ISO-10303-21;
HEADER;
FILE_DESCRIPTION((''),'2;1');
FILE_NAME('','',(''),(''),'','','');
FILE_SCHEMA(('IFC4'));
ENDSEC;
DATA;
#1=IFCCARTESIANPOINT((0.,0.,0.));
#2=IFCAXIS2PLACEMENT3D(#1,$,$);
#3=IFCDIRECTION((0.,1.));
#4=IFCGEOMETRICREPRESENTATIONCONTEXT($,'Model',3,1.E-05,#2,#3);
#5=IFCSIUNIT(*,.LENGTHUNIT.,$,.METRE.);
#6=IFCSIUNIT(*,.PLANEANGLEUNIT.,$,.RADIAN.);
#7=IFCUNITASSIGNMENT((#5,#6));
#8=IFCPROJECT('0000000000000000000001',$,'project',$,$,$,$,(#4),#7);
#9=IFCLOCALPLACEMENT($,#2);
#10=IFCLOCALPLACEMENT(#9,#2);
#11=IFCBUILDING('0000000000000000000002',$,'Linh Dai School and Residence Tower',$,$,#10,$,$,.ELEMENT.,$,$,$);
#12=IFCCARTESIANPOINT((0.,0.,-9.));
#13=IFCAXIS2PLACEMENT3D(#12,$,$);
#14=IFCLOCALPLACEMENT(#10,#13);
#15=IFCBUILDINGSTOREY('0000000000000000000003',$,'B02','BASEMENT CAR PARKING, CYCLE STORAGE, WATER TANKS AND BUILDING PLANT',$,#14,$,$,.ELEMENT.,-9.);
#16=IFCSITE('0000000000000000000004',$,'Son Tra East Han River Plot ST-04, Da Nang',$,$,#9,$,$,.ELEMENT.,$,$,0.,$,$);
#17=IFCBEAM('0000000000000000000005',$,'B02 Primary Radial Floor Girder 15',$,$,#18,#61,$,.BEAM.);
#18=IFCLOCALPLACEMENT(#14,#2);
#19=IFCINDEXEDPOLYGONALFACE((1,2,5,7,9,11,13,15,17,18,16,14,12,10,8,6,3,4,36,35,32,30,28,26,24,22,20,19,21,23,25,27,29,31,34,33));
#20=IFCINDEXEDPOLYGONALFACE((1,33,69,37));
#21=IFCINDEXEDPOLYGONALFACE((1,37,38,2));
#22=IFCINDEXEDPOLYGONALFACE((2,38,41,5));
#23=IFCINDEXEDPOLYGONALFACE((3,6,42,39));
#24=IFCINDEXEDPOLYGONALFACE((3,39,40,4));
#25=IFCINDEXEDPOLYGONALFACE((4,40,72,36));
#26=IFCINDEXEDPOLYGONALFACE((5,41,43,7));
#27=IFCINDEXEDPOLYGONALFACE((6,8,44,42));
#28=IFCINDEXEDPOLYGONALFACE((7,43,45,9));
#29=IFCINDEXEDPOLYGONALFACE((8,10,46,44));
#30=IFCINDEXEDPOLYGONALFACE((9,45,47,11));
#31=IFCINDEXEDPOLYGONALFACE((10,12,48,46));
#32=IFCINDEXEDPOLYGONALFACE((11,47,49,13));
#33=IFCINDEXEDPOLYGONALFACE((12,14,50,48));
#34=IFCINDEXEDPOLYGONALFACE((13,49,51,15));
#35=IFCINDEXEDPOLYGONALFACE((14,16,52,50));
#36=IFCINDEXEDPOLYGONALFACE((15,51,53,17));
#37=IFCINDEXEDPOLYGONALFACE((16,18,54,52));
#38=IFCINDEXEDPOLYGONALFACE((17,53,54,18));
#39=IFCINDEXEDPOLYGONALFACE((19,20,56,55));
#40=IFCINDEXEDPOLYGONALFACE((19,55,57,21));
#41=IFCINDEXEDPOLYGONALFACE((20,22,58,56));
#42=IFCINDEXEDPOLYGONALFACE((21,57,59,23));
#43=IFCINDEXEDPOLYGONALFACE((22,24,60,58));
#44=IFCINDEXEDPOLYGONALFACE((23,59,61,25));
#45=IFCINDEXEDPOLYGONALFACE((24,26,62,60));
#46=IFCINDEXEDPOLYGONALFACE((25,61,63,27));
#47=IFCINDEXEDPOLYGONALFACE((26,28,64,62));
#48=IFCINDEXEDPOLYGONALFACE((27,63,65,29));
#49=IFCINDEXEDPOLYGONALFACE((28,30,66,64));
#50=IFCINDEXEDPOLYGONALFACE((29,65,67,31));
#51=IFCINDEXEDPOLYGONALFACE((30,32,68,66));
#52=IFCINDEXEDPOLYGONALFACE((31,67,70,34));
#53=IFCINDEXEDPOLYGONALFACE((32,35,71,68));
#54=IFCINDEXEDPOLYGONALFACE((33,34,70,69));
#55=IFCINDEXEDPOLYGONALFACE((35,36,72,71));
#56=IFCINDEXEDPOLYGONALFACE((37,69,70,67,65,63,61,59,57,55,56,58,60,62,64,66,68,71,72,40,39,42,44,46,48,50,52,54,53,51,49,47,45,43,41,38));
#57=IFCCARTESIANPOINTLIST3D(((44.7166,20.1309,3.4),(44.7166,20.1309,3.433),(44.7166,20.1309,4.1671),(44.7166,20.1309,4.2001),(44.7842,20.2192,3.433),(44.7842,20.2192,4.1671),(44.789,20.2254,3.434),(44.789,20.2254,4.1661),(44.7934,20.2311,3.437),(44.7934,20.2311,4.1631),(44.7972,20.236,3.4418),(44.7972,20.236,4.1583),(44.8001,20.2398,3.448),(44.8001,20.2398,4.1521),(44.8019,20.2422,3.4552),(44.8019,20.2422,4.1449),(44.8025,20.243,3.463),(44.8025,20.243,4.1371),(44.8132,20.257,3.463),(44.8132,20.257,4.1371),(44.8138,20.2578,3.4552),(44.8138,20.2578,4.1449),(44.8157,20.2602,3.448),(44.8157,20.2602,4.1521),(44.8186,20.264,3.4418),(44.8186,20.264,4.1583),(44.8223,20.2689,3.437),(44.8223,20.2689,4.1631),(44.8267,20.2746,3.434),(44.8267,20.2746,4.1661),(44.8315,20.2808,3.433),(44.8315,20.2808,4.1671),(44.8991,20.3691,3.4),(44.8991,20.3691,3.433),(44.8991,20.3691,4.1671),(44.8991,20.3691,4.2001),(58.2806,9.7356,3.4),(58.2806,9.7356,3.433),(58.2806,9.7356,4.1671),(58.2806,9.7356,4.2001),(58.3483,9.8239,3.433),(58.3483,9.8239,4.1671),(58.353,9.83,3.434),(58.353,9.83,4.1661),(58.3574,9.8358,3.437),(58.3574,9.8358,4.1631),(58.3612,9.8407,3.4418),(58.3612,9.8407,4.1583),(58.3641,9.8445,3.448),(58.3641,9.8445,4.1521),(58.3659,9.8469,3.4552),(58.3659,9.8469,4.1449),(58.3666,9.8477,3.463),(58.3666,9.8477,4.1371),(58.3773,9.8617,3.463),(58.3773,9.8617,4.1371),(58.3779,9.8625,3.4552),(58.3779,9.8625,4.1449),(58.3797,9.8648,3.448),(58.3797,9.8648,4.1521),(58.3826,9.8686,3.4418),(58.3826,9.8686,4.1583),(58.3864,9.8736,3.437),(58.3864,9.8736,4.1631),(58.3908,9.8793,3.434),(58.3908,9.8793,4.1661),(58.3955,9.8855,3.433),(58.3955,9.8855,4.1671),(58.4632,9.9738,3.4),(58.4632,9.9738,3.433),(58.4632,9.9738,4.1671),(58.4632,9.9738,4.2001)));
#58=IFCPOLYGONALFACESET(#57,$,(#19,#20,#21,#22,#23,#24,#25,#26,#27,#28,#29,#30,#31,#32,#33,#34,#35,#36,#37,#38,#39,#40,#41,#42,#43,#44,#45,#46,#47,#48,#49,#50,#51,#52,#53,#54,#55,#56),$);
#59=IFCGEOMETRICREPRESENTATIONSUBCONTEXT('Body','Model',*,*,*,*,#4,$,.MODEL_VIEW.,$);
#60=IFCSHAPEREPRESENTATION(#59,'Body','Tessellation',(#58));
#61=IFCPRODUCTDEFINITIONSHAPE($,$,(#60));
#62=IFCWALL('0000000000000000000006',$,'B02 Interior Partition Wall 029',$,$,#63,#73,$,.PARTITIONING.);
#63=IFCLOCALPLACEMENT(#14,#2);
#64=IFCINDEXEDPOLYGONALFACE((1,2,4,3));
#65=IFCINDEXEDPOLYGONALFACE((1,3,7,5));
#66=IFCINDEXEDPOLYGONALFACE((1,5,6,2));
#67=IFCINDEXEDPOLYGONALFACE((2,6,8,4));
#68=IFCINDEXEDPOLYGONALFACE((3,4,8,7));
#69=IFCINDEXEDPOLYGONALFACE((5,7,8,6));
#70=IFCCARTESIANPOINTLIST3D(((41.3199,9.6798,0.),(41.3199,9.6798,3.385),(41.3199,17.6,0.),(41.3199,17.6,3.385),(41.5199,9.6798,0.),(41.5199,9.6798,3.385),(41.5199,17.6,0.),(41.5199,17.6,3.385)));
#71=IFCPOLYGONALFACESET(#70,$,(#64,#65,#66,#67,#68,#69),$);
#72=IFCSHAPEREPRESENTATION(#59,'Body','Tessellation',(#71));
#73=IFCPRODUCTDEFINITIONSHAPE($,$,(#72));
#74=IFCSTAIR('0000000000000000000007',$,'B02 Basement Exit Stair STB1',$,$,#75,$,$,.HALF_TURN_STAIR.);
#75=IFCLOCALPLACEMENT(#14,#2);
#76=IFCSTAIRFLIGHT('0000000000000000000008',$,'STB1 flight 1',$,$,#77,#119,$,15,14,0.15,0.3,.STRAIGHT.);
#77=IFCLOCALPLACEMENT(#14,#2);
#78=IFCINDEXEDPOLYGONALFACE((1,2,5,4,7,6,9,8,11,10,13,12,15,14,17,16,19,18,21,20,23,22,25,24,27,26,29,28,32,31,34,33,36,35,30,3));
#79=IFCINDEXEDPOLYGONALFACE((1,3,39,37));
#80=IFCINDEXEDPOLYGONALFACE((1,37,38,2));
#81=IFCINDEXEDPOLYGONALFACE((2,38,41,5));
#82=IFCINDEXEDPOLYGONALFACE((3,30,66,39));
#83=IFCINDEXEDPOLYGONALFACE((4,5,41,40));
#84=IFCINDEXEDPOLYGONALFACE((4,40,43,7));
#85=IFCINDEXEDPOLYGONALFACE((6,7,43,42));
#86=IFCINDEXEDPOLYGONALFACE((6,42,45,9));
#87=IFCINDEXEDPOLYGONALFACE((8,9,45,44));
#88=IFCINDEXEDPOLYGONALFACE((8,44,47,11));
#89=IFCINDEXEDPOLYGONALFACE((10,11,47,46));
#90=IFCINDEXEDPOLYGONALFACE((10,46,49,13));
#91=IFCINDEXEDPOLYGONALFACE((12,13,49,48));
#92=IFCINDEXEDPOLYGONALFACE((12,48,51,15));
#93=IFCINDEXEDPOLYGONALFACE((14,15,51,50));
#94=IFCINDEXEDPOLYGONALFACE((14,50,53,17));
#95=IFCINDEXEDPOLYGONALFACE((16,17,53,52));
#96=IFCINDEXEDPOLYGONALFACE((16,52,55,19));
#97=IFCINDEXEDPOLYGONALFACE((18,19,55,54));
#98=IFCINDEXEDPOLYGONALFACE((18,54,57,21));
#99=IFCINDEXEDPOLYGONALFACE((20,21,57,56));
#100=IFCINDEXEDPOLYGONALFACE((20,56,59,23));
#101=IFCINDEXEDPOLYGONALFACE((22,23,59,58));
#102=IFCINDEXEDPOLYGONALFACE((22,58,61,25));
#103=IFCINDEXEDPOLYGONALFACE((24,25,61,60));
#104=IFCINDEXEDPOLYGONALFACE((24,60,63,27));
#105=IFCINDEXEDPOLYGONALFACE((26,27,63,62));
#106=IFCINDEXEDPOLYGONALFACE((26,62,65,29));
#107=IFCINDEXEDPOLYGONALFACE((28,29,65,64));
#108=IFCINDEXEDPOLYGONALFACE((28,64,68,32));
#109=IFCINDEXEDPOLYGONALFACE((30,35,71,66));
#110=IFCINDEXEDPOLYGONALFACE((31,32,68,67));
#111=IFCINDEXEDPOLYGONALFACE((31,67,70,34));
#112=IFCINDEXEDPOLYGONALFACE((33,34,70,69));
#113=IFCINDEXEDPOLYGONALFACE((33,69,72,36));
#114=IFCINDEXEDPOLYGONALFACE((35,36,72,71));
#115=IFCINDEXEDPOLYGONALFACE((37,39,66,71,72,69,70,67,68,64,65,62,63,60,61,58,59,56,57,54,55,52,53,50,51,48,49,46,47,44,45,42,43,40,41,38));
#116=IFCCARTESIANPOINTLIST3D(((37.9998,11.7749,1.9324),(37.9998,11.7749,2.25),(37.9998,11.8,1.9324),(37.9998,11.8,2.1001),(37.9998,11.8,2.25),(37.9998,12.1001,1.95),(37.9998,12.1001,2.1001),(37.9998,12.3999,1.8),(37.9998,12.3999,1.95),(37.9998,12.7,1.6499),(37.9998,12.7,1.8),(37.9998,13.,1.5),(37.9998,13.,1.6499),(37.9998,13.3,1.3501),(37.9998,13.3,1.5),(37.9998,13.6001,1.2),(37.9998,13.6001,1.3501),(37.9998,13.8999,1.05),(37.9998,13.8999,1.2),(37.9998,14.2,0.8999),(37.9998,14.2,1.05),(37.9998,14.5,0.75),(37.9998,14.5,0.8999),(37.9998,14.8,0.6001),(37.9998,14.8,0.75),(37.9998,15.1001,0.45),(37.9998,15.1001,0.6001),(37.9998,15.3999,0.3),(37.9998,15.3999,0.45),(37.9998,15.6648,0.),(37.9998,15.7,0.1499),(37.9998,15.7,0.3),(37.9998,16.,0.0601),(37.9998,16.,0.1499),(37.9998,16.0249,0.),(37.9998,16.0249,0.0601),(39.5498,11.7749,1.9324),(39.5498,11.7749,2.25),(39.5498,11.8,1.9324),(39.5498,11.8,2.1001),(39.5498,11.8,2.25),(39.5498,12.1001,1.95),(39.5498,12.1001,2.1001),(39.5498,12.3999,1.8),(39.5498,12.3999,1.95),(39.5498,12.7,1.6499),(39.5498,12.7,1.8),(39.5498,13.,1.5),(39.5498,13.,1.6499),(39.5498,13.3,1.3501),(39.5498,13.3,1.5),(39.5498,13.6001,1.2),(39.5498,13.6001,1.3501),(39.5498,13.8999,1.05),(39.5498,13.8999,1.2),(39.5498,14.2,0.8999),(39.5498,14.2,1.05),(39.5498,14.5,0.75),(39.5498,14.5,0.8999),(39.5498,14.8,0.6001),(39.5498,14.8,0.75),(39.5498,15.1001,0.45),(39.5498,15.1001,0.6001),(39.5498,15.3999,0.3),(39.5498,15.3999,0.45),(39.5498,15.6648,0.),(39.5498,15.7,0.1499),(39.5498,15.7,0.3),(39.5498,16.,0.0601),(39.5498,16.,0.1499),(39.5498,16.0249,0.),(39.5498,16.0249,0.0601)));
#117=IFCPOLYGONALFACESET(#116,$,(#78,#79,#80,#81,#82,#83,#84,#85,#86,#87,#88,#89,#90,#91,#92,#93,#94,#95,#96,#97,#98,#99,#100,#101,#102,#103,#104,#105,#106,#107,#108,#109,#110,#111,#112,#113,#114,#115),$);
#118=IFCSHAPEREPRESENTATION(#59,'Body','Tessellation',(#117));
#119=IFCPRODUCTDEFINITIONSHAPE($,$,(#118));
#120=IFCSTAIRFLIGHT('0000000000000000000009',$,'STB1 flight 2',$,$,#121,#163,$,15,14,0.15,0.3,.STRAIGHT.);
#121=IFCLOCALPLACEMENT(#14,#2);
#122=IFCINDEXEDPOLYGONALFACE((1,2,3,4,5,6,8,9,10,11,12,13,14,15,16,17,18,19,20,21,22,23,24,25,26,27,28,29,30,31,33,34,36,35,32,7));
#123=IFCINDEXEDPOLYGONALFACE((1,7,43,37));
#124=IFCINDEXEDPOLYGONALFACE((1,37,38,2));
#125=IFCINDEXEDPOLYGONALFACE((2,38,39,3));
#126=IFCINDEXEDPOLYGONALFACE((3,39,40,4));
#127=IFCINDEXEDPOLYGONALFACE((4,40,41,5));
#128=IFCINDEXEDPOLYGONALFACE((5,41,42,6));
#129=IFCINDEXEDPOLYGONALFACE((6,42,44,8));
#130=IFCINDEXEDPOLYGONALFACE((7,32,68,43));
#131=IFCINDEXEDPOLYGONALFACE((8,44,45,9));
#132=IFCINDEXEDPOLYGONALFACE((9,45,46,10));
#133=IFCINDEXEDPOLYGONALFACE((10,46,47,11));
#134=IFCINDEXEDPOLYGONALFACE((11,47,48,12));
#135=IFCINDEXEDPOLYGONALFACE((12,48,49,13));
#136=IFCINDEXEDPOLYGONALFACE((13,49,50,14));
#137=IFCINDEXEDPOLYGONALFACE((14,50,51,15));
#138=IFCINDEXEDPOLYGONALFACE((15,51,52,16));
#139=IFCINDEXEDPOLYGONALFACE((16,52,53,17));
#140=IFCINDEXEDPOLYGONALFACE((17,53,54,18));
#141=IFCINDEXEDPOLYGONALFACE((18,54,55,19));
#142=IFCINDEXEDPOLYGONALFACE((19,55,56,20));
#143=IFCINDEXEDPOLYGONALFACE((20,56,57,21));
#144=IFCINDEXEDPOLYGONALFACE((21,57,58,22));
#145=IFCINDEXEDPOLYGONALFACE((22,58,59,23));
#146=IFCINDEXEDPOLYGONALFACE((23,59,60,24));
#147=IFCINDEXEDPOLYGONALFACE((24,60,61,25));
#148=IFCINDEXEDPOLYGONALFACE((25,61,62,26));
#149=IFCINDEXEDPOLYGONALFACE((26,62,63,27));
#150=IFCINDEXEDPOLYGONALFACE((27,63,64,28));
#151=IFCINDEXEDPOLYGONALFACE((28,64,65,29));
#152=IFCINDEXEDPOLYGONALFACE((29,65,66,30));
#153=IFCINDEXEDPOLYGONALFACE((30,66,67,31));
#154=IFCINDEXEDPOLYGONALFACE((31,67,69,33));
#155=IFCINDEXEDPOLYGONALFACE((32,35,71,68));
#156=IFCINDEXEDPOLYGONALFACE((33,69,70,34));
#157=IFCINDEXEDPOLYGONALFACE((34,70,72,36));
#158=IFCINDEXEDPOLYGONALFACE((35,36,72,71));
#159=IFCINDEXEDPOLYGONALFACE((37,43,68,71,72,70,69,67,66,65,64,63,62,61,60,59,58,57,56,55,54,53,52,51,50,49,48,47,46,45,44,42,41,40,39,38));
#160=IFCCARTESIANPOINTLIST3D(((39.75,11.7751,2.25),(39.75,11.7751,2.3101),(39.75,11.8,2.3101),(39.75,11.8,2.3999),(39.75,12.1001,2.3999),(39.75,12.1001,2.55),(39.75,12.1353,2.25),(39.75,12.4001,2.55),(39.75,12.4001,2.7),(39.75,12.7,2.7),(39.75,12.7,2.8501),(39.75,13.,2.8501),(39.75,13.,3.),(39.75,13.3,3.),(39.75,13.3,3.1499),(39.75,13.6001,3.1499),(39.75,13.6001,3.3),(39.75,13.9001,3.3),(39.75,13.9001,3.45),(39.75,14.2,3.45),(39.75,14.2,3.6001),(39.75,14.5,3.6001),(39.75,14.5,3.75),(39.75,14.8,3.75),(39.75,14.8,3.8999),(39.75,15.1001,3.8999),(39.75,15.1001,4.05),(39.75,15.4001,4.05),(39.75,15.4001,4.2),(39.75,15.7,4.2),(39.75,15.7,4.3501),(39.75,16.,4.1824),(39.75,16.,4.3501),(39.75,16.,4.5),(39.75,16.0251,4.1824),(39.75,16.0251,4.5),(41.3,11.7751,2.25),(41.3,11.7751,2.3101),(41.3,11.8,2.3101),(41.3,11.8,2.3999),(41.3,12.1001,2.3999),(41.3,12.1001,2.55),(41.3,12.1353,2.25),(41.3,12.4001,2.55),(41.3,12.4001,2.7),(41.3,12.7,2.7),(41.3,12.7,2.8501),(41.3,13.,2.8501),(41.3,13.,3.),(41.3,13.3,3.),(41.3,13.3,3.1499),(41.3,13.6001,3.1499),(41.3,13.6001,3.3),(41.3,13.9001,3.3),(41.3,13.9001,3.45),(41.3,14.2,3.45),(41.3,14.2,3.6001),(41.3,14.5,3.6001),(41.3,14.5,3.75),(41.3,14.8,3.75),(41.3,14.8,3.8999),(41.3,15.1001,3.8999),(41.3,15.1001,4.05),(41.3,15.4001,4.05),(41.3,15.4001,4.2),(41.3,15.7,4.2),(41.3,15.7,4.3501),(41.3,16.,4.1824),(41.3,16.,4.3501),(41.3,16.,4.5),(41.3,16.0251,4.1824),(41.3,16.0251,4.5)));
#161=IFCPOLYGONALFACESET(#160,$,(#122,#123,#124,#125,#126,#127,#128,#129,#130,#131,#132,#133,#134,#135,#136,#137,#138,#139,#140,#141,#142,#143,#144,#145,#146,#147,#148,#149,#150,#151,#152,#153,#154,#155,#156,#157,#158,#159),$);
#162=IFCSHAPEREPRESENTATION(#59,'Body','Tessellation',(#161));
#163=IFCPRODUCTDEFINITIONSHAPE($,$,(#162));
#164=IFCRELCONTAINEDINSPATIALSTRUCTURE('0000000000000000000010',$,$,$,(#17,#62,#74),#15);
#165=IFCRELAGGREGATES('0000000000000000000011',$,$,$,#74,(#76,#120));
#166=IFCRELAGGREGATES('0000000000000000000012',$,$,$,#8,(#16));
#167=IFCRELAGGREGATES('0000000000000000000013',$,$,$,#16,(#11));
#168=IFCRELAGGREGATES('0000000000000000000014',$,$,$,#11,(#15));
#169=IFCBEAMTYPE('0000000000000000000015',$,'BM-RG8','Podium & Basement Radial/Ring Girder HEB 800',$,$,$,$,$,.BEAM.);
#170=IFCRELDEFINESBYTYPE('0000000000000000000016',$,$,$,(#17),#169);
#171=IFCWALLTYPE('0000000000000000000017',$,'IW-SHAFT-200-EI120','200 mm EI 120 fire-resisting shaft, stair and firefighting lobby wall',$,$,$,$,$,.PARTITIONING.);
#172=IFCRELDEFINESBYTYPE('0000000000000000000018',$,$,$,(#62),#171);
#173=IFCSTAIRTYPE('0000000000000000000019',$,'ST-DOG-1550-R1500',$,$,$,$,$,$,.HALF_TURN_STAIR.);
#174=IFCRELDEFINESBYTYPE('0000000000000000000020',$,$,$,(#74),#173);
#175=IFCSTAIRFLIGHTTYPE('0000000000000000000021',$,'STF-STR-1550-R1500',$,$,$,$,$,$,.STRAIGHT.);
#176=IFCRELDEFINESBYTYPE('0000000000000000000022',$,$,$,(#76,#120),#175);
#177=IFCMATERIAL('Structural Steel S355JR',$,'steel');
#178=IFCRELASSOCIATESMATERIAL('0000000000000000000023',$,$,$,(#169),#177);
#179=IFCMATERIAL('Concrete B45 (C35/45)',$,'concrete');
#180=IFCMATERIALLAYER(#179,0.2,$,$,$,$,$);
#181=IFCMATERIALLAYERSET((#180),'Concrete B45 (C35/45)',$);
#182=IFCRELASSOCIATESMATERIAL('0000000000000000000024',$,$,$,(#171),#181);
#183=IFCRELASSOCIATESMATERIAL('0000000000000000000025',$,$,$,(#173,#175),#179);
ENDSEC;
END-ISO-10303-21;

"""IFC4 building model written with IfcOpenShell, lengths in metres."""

from ifc_helpers import new_model, si_unit, direction, frame, frame_2d, origin, origin_2d, place, context, subcontext, project, spatial, polyline, rectangle, i_section, outline, extrude, source, transform, mapped, material, layer, layer_set, material_profile, profile_set, type_object, element, aggregate, save


model = new_model("IFC4")

# Units and contexts
model_context = context("Model", 3, precision=1e-05, world=origin(), true_north=direction((0.0, 1.0)))
body_context = subcontext(model_context, "Body", "Model", "MODEL_VIEW")
ifc_project = project(units=[si_unit("LENGTHUNIT", "METRE"), si_unit("PLANEANGLEUNIT", "RADIAN")], contexts=[model_context])

# Site, building, storey
site_placement = place(None, origin())
site = spatial("IfcSite", under=ifc_project, at=site_placement, Name="Son Tra East Han River Plot ST-04, Da Nang", CompositionType="ELEMENT", RefElevation=0.0)
building_placement = place(site_placement, origin())
building = spatial("IfcBuilding", under=site, at=building_placement, Name="Linh Dai School and Residence Tower", CompositionType="ELEMENT")
storey_placement = place(building_placement, frame((0.0, 0.0, -9.0)))
storey = spatial("IfcBuildingStorey", under=building, at=storey_placement, Name="B02", Description="BASEMENT CAR PARKING, CYCLE STORAGE, WATER TANKS AND BUILDING PLANT", CompositionType="ELEMENT", Elevation=-9.0)

# Shared definitions
ifc_material_1 = material(Name="Concrete B45 (C35/45)", Category="concrete")

# Shared definitions
ifc_material_2 = material(Name="Structural Steel S355JR", Category="steel")

# Beam
ifc_material_profile_1 = material_profile(ifc_material_2, i_section(OverallWidth=0.3, OverallDepth=0.8, WebThickness=0.0176, FlangeThickness=0.033, FilletRadius=0.03, at=origin_2d()), Name="HEB 800")
ifc_profile_set_1 = profile_set([ifc_material_profile_1], Name="Structural Steel S355JR")
beam_type = type_object("IfcBeamType", Name="BM-RG8", Description="Podium & Basement Radial/Ring Girder HEB 800", PredefinedType="BEAM", material=ifc_profile_set_1)
beam_1_placement = place(storey_placement, frame((44.8079, 20.25, 3.8), z_axis=(0.793713, -0.608292, 0.0), x_axis=(0.608292, 0.793713, 0.0)))
element("IfcBeam", 1, at=beam_1_placement, inside=storey, type_object=beam_type, Name="B02 Primary Radial Floor Girder 15", PredefinedType="BEAM", context=body_context, shape_type="SweptSolid", body=[
    extrude(i_section(OverallWidth=0.3, OverallDepth=0.8, WebThickness=0.0176, FlangeThickness=0.033, FilletRadius=0.03, at=origin_2d()), origin(), (0.0, 0.0, 1.0), 17.0894),
])

# Wall
ifc_layer_1 = layer(ifc_material_1, 0.2)
ifc_layer_set_1 = layer_set([ifc_layer_1], Name="Concrete B45 (C35/45)")
wall_type_1 = type_object("IfcWallType", Name="IW-SHAFT-200-EI120", Description="200 mm EI 120 fire-resisting shaft, stair and firefighting lobby wall", PredefinedType="PARTITIONING", material=ifc_layer_set_1)
wall_1_placement = place(storey_placement, frame((41.4199, 9.6799, 0.0), z_axis=(0.0, 0.0, 1.0), x_axis=(0.0, 1.0, 0.0)))
element("IfcWall", 2, at=wall_1_placement, inside=storey, type_object=wall_type_1, Name="B02 Interior Partition Wall 029", PredefinedType="PARTITIONING", context=body_context, shape_type="SweptSolid", body=[
    extrude(rectangle(XDim=7.9202, YDim=0.2, at=frame_2d((3.96, 0.0))), origin(), (0.0, 0.0, 1.0), 3.385),
])

# Stair, stair flights
stair_type = type_object("IfcStairType", Name="ST-DOG-1550-R1500", PredefinedType="HALF_TURN_STAIR", material=ifc_material_1)
stair_placement = place(storey_placement, origin())
stair = element("IfcStair", 3, at=stair_placement, inside=storey, type_object=stair_type, Name="B02 Basement Exit Stair STB1", PredefinedType="HALF_TURN_STAIR")
stair_flight_type = type_object("IfcStairFlightType", Name="STF-STR-1550-R1500", PredefinedType="STRAIGHT", material=ifc_material_1)
shared_shape_1 = source(origin(), body_context, "Body", "SweptSolid", [
    extrude(outline(polyline([(-0.0249, 0.0), (-0.0249, 0.0601), (0.0, 0.0601), (0.0, 0.1499), (0.3, 0.1499), (0.3, 0.3), (0.6001, 0.3), (0.6001, 0.45), (0.8999, 0.45), (0.8999, 0.6001), (1.2, 0.6001), (1.2, 0.75), (1.5, 0.75), (1.5, 0.8999), (1.8, 0.8999), (1.8, 1.05), (2.1001, 1.05), (2.1001, 1.2), (2.3999, 1.2), (2.3999, 1.3501), (2.7, 1.3501), (2.7, 1.5), (3.0, 1.5), (3.0, 1.6499), (3.3, 1.6499), (3.3, 1.8), (3.6001, 1.8), (3.6001, 1.95), (3.8999, 1.95), (3.8999, 2.1001), (4.2, 2.1001), (4.2, 2.25), (4.2251, 2.25), (4.2251, 1.9324), (4.2, 1.9324), (0.3352, 0.0), (-0.0249, 0.0)])), frame((0.0, 0.7749, 0.0), z_axis=(0.0, -1.0, 0.0), x_axis=(1.0, 0.0, 0.0)), (0.0, 0.0, 1.0), 1.55),
])
stair_flight_1_placement = place(storey_placement, frame((38.7749, 16.0, 0.0), z_axis=(0.0, 0.0, 1.0), x_axis=(0.0, -1.0, 0.0)))
stair_flight_1 = element("IfcStairFlight", 4, at=stair_flight_1_placement, type_object=stair_flight_type, Name="STB1 flight 1", NumberOfRisers=15, NumberOfTreads=14, PredefinedType="STRAIGHT", RiserHeight=0.15, TreadLength=0.3, context=body_context, shape_type="MappedRepresentation", body=[
    mapped(shared_shape_1, transform((0.0, 0.0, 0.0), x_axis=(1.0, 0.0, 0.0), y_axis=(0.0, 1.0, 0.0), z_axis=(0.0, 0.0, 1.0), scale=1.0)),
])
stair_flight_2_placement = place(storey_placement, frame((40.5249, 11.8, 2.25), z_axis=(0.0, 0.0, 1.0), x_axis=(0.0, 1.0, 0.0)))
stair_flight_2 = element("IfcStairFlight", 5, at=stair_flight_2_placement, type_object=stair_flight_type, Name="STB1 flight 2", NumberOfRisers=15, NumberOfTreads=14, PredefinedType="STRAIGHT", RiserHeight=0.15, TreadLength=0.3, context=body_context, shape_type="MappedRepresentation", body=[
    mapped(shared_shape_1, transform((0.0, 0.0, 0.0), x_axis=(1.0, 0.0, 0.0), y_axis=(0.0, 1.0, 0.0), z_axis=(0.0, 0.0, 1.0), scale=1.0)),
])
aggregate(stair, [stair_flight_1, stair_flight_2])

save(model, "model.ifc")
